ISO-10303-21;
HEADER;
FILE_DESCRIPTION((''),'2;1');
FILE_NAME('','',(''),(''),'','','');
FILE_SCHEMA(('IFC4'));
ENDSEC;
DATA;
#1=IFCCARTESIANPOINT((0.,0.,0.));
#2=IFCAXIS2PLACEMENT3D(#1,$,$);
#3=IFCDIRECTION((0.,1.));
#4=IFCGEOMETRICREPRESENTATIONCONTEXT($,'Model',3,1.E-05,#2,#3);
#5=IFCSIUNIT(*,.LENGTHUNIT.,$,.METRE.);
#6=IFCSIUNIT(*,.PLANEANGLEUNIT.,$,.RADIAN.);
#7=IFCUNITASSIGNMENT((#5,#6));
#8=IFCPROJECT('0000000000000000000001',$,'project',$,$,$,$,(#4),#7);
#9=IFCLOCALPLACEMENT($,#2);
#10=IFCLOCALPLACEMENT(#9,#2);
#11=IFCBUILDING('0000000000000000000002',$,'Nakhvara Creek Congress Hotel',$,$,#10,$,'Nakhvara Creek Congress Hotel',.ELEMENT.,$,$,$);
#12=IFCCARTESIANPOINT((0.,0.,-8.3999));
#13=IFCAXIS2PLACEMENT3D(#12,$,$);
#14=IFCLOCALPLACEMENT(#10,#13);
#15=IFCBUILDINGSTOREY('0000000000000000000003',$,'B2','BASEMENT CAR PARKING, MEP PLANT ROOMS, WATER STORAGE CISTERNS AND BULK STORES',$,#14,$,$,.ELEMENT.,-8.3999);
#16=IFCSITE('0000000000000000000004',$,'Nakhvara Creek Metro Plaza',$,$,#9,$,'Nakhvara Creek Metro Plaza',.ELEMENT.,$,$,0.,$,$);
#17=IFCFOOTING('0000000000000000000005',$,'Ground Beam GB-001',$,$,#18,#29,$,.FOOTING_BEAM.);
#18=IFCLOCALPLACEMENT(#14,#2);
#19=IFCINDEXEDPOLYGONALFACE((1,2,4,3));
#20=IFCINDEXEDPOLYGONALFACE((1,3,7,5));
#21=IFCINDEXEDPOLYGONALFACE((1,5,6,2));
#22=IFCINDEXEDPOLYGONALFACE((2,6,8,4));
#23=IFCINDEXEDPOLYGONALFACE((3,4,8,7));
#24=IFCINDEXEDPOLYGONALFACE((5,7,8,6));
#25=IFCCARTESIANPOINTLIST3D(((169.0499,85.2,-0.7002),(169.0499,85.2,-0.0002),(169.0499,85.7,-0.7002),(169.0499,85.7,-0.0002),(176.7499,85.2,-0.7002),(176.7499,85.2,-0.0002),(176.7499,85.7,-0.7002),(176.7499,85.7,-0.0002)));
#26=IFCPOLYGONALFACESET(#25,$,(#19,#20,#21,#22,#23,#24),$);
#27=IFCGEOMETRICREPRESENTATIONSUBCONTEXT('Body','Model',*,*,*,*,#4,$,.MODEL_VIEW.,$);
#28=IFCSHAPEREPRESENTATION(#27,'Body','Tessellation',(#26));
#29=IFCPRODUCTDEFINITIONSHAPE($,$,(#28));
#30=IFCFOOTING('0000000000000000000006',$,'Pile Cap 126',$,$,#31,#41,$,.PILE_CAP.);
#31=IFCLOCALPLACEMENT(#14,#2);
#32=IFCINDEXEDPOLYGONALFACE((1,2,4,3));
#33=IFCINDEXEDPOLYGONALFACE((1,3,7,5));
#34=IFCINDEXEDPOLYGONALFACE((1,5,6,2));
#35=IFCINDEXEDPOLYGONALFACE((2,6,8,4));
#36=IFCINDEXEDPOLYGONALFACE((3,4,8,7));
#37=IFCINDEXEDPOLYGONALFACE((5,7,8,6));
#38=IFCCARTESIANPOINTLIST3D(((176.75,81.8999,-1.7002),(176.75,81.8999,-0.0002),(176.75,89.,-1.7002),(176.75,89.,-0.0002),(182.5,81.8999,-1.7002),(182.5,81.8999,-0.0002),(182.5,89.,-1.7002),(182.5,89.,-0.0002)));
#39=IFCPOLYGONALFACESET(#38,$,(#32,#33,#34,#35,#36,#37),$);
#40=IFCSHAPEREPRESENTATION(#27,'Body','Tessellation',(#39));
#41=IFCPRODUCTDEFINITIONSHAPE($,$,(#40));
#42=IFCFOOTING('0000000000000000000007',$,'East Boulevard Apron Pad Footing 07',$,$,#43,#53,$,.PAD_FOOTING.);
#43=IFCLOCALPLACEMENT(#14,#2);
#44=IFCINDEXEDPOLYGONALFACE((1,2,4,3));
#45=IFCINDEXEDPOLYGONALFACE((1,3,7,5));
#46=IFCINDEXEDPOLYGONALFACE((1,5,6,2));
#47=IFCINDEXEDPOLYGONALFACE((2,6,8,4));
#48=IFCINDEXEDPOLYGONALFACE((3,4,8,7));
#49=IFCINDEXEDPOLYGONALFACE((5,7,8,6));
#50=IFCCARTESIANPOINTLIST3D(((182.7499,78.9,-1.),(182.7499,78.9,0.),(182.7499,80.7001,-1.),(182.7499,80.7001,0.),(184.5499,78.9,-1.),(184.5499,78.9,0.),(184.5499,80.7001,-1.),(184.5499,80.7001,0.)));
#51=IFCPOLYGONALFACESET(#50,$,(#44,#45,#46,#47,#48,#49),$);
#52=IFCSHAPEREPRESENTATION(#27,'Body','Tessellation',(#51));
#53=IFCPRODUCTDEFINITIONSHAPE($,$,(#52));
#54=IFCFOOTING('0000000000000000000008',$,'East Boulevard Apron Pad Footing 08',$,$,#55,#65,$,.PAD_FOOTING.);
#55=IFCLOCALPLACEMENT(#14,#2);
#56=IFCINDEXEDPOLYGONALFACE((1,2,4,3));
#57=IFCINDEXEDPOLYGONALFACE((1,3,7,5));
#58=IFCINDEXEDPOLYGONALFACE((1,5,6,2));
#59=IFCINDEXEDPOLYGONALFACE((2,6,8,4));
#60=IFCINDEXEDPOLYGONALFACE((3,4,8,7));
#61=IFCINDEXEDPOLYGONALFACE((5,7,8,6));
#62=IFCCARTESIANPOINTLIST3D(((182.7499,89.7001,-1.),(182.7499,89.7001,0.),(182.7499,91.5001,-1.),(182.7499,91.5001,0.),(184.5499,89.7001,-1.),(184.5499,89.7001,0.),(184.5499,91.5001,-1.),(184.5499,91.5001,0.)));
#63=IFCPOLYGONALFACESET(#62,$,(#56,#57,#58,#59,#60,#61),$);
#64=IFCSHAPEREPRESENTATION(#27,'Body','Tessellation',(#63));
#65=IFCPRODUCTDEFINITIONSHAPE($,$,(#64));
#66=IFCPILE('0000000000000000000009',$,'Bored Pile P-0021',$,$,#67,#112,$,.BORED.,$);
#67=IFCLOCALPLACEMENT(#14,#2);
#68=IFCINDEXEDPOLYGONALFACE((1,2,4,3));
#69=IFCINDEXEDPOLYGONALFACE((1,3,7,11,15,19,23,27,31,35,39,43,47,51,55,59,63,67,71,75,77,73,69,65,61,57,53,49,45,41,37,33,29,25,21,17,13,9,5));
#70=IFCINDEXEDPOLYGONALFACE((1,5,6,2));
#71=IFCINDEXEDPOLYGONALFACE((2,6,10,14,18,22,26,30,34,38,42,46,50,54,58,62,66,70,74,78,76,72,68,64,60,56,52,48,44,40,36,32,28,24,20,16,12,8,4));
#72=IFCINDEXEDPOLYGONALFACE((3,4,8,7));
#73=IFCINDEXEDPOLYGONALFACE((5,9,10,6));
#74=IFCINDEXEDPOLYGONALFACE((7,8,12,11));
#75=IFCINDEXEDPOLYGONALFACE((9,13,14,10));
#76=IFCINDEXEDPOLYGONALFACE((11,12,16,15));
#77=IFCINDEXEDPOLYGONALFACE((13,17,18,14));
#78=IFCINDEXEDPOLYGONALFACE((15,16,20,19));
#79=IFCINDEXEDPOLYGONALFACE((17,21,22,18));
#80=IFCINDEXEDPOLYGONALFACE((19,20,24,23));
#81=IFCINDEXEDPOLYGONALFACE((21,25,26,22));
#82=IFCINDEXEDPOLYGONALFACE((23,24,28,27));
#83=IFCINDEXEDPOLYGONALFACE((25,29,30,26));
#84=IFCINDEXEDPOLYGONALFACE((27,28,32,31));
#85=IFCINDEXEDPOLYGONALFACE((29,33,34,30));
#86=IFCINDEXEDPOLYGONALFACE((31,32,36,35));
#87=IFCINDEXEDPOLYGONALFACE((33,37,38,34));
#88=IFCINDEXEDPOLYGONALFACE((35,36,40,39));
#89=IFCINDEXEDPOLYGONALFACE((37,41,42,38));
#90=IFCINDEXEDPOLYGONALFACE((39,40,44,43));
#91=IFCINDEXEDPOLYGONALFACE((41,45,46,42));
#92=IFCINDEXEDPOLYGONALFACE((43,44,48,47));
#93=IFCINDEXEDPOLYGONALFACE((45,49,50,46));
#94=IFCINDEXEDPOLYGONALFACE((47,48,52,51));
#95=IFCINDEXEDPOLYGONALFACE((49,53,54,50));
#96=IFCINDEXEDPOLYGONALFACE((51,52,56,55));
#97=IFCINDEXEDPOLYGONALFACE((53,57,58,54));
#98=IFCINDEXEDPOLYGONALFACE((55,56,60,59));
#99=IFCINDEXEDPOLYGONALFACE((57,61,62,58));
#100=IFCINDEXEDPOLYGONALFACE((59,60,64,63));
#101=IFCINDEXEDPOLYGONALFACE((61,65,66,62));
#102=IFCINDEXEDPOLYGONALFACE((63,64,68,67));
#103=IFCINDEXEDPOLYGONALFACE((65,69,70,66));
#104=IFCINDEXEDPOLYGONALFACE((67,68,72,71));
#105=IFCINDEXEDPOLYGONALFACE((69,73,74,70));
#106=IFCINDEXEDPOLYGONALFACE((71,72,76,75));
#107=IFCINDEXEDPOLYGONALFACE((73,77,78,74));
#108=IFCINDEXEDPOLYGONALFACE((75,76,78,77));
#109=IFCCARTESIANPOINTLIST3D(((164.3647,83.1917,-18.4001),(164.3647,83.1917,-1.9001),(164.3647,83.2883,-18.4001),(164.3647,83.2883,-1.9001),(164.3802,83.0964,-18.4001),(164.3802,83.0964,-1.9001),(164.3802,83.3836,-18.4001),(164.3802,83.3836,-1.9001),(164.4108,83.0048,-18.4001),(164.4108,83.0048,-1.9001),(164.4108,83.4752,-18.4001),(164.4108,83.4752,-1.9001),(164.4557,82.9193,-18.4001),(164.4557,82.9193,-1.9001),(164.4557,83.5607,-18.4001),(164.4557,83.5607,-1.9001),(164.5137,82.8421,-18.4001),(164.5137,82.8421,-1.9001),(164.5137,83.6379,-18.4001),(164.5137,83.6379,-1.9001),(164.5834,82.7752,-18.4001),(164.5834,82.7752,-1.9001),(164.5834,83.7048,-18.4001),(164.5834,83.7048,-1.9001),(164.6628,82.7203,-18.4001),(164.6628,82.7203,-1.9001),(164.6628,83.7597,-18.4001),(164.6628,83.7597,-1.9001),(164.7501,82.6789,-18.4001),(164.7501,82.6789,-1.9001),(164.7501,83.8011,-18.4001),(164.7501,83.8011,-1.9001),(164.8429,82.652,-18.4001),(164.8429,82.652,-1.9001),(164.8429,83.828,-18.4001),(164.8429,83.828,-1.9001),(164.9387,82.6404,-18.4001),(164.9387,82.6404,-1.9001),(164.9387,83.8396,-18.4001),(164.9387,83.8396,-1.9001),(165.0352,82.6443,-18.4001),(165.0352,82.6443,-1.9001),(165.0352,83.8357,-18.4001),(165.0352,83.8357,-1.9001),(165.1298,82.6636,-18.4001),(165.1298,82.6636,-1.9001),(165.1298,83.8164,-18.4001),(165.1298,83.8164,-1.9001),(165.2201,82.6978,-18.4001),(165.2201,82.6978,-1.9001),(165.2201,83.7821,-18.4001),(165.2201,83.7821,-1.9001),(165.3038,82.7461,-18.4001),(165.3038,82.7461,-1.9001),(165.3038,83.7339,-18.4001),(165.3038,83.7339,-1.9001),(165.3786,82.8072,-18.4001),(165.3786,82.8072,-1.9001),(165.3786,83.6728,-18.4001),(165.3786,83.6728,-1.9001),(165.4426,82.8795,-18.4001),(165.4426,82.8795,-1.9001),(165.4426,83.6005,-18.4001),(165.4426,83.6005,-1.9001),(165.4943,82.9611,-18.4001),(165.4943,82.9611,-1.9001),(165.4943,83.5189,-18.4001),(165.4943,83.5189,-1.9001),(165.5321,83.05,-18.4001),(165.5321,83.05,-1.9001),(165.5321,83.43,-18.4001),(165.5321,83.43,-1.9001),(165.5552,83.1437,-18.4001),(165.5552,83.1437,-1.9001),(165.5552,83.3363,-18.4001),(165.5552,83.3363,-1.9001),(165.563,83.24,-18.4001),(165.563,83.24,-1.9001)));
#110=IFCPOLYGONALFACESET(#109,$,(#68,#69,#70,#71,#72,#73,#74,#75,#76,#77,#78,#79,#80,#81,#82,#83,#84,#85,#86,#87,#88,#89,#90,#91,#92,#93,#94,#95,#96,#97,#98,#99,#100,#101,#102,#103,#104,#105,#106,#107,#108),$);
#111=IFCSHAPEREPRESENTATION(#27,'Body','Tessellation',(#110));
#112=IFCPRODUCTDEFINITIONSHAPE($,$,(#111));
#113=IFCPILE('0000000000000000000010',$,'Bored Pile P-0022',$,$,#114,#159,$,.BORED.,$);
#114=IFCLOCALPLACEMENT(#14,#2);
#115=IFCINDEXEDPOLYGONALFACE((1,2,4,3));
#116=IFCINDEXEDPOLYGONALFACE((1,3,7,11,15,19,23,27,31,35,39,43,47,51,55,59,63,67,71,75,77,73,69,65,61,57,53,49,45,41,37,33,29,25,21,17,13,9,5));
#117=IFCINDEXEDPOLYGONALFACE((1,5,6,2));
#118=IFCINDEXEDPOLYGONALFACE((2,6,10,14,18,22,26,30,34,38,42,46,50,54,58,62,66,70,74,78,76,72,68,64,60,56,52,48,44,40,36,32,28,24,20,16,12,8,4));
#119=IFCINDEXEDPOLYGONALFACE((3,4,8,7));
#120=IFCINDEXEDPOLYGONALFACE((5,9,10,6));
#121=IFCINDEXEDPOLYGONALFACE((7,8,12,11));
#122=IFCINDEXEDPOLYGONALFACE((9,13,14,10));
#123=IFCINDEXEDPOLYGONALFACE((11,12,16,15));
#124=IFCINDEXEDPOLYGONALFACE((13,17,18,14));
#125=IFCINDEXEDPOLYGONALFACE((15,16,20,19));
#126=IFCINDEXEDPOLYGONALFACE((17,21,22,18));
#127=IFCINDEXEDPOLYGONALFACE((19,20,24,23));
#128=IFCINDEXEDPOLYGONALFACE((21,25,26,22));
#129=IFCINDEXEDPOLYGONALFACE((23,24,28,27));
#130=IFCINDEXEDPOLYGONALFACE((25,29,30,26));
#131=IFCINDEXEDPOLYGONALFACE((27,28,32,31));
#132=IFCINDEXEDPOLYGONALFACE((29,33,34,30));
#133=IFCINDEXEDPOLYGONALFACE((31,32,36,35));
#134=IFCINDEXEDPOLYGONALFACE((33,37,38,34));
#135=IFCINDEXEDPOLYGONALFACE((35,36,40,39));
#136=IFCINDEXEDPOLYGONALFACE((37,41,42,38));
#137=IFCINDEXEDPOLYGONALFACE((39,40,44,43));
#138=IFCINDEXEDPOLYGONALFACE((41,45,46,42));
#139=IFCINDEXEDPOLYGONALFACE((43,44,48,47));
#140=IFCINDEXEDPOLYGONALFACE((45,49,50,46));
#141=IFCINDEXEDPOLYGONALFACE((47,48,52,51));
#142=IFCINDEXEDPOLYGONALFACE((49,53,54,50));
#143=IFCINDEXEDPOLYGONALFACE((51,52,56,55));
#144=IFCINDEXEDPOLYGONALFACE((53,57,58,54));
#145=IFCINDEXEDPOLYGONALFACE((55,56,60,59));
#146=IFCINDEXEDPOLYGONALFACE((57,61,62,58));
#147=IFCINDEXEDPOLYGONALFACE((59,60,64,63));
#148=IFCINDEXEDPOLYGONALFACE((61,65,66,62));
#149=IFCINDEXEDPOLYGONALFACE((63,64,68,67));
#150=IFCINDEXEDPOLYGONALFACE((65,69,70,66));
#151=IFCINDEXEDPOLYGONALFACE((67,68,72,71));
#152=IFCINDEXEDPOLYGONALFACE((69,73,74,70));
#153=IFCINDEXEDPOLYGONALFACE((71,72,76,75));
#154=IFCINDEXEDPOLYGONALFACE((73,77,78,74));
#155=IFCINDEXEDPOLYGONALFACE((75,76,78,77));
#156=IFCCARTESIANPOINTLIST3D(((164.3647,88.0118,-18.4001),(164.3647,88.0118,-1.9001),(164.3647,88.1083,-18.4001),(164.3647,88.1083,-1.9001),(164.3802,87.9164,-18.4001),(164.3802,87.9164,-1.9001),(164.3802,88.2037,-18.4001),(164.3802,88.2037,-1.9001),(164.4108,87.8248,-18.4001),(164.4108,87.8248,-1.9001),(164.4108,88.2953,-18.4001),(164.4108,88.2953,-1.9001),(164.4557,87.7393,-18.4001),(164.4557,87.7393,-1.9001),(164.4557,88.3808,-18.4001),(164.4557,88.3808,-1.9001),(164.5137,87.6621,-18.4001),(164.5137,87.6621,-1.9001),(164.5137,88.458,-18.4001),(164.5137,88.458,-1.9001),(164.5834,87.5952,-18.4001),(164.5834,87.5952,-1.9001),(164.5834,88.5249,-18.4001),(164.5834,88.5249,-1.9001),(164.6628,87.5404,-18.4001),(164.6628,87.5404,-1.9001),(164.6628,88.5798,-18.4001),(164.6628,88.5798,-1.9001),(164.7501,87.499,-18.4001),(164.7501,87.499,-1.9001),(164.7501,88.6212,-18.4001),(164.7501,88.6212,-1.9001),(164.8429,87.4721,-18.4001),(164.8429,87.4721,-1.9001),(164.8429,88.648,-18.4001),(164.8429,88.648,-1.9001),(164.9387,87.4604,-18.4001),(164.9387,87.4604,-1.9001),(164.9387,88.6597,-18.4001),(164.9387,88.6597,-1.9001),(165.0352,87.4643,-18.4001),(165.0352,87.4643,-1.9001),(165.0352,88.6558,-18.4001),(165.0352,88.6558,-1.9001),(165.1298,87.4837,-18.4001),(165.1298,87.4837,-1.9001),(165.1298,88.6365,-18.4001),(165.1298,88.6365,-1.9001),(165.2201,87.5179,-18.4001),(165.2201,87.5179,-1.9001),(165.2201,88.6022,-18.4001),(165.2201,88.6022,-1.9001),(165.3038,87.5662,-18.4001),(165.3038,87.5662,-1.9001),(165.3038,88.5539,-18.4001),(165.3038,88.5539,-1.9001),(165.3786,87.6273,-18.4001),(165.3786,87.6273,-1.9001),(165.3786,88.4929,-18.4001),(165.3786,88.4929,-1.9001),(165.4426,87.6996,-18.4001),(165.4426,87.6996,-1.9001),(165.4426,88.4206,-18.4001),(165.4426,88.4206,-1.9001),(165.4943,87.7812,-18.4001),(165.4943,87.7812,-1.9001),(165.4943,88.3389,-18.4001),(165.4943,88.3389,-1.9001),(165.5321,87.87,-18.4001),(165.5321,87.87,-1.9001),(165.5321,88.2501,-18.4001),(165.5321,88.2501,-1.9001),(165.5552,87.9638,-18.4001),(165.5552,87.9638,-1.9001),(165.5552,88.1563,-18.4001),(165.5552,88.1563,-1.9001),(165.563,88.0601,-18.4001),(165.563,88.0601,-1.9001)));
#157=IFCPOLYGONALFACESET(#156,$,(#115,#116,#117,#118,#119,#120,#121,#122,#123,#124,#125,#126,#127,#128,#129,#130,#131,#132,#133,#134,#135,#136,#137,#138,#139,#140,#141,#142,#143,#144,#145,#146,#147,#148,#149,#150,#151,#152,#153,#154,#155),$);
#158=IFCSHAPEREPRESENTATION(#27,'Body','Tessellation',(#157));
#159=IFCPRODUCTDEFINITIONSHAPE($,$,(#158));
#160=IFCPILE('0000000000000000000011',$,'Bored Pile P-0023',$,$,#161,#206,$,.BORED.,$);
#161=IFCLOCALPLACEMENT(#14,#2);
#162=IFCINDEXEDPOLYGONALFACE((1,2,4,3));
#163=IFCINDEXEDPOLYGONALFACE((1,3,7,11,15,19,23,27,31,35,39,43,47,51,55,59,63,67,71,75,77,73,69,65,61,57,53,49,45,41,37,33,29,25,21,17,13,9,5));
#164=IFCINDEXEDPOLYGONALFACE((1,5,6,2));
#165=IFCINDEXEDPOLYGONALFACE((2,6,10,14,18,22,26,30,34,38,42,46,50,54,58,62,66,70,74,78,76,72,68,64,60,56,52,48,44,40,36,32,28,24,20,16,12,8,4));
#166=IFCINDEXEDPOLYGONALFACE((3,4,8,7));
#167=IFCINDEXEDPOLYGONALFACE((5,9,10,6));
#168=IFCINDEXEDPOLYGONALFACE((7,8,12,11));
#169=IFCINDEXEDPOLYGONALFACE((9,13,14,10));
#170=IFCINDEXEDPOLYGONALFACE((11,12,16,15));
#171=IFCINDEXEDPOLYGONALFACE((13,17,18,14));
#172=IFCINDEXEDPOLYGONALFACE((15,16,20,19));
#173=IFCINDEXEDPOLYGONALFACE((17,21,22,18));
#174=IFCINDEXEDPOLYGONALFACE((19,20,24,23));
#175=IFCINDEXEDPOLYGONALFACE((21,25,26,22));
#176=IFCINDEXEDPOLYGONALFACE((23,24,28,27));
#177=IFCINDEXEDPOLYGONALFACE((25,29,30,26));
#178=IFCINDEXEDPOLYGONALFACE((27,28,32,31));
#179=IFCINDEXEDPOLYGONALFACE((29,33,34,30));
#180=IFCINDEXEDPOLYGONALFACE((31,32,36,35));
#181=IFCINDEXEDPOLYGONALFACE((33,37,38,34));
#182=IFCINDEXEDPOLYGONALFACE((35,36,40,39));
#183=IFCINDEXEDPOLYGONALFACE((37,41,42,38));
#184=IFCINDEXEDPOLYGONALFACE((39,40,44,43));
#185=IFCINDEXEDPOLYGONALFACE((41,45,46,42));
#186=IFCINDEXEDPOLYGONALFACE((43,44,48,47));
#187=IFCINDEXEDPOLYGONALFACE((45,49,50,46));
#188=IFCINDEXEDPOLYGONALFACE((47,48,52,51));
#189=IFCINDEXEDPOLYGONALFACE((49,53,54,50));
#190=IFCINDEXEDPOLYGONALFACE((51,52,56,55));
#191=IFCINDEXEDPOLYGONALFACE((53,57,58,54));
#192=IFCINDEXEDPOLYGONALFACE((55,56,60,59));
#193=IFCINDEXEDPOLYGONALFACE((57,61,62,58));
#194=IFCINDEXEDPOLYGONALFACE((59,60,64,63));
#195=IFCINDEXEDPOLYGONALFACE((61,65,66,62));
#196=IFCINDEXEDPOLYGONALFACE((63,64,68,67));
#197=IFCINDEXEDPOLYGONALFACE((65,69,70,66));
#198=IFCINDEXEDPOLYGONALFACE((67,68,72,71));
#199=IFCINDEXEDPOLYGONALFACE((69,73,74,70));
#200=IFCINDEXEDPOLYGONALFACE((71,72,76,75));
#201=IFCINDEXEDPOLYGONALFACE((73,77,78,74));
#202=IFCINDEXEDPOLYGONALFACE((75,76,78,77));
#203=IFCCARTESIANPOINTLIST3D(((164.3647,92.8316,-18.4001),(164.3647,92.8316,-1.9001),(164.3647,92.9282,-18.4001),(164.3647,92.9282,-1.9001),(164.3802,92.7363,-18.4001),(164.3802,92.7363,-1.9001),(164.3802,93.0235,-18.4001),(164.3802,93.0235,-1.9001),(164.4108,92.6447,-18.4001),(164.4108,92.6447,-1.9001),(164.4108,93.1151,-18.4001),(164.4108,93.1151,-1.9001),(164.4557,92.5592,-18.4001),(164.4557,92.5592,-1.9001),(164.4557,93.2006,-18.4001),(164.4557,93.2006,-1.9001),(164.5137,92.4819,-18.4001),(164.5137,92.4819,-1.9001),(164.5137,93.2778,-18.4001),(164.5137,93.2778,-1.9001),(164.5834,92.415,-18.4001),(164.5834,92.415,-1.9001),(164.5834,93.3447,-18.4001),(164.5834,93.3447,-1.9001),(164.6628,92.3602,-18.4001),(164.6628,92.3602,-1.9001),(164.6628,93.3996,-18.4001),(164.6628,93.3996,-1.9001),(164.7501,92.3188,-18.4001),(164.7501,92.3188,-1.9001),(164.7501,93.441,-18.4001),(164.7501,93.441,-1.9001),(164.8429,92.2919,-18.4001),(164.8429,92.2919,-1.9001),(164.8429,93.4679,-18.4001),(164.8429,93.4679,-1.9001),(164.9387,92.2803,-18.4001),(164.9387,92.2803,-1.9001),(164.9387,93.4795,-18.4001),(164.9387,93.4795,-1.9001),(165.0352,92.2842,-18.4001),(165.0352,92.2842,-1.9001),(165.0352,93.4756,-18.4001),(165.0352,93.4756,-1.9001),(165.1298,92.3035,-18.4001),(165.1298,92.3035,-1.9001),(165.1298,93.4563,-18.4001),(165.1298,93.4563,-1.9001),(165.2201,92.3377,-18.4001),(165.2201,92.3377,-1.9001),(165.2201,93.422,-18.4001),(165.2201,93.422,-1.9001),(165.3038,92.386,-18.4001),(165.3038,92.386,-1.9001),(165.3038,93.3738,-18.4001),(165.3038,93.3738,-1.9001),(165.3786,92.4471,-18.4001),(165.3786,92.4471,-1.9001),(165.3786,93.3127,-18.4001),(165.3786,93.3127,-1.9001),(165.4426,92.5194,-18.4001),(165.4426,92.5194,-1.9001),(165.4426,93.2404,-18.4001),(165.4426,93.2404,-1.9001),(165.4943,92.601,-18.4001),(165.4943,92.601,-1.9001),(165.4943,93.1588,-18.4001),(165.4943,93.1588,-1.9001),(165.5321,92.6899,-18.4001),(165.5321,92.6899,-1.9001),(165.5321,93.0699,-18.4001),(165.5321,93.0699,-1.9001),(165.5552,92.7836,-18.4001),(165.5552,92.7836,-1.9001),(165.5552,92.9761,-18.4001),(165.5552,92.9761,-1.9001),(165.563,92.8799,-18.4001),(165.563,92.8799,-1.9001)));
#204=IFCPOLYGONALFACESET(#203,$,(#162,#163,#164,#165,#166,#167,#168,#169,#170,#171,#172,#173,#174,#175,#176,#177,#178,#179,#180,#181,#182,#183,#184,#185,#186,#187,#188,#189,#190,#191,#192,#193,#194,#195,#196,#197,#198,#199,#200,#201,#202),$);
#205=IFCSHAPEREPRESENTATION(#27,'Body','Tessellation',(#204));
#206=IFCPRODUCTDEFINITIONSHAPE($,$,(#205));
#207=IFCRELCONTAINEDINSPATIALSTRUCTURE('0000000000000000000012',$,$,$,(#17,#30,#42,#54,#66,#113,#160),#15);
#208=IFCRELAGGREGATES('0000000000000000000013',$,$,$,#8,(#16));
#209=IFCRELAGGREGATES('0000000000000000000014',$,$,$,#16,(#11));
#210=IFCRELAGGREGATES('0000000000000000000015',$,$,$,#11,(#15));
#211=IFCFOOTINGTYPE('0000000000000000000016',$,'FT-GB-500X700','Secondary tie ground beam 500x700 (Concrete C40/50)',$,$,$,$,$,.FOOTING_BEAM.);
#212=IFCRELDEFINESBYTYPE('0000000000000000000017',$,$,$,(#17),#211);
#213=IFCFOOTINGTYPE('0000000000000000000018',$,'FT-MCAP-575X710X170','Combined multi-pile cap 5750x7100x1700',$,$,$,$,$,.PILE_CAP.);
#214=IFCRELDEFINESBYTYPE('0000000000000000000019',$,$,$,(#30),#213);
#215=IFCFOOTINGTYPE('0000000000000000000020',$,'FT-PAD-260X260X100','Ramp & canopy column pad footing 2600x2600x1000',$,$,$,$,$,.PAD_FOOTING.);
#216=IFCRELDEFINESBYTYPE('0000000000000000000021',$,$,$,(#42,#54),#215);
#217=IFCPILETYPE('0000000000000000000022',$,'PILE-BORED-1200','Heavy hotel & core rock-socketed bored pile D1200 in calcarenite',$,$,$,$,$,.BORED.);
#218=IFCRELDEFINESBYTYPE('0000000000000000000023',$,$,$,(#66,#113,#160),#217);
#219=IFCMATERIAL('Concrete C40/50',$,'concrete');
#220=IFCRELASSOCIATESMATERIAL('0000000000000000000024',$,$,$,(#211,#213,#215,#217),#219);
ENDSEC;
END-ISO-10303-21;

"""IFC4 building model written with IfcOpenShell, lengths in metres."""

from ifc_helpers import new_model, si_unit, direction, frame, origin, origin_2d, place, context, subcontext, project, spatial, rectangle, circle, extrude, material, material_profile, profile_set, type_object, element, save


model = new_model("IFC4")

# Units and contexts
model_context = context("Model", 3, precision=1e-05, world=origin(), true_north=direction((0.0, 1.0)))
body_context = subcontext(model_context, "Body", "Model", "MODEL_VIEW")
ifc_project = project(units=[si_unit("LENGTHUNIT", "METRE"), si_unit("PLANEANGLEUNIT", "RADIAN")], contexts=[model_context])

# Site, building, storey
site_placement = place(None, origin())
site = spatial("IfcSite", under=ifc_project, at=site_placement, Name="Nakhvara Creek Metro Plaza", LongName="Nakhvara Creek Metro Plaza", CompositionType="ELEMENT", RefElevation=0.0)
building_placement = place(site_placement, origin())
building = spatial("IfcBuilding", under=site, at=building_placement, Name="Nakhvara Creek Congress Hotel", LongName="Nakhvara Creek Congress Hotel", CompositionType="ELEMENT")
storey_placement = place(building_placement, frame((0.0, 0.0, -8.3999)))
storey = spatial("IfcBuildingStorey", under=building, at=storey_placement, Name="B2", Description="BASEMENT CAR PARKING, MEP PLANT ROOMS, WATER STORAGE CISTERNS AND BULK STORES", CompositionType="ELEMENT", Elevation=-8.3999)

# Footings
ifc_material_1 = material(Name="Concrete C40/50", Category="concrete")
footing_type_1 = type_object("IfcFootingType", Name="FT-GB-500X700", Description="Secondary tie ground beam 500x700 (Concrete C40/50)", PredefinedType="FOOTING_BEAM", material=ifc_material_1)
footing_1_placement = place(storey_placement, frame((172.8999, 85.45, -0.7002), z_axis=(0.0, 0.0, 1.0), x_axis=(1.0, 0.0, 0.0)))
element("IfcFooting", 1, at=footing_1_placement, inside=storey, type_object=footing_type_1, Name="Ground Beam GB-001", PredefinedType="FOOTING_BEAM", context=body_context, shape_type="SweptSolid", body=[
    extrude(rectangle(XDim=7.7, YDim=0.5, at=origin_2d()), origin(), (0.0, 0.0, 1.0), 0.7),
])
footing_type_2 = type_object("IfcFootingType", Name="FT-MCAP-575X710X170", Description="Combined multi-pile cap 5750x7100x1700", PredefinedType="PILE_CAP", material=ifc_material_1)
footing_2_placement = place(storey_placement, frame((179.625, 85.45, -1.7002), z_axis=(0.0, 0.0, 1.0), x_axis=(1.0, 0.0, 0.0)))
element("IfcFooting", 2, at=footing_2_placement, inside=storey, type_object=footing_type_2, Name="Pile Cap 126", PredefinedType="PILE_CAP", context=body_context, shape_type="SweptSolid", body=[
    extrude(rectangle(XDim=5.75, YDim=7.1001, at=origin_2d()), origin(), (0.0, 0.0, 1.0), 1.7),
])
footing_type_3 = type_object("IfcFootingType", Name="FT-PAD-260X260X100", Description="Ramp & canopy column pad footing 2600x2600x1000", PredefinedType="PAD_FOOTING", material=ifc_material_1)
for number, where, z_axis, x_axis, name in (
    (3, (183.6499, 79.8, -1.0), (0.0, 0.0, 1.0), (1.0, 0.0, 0.0), "East Boulevard Apron Pad Footing 07"),
    (4, (183.6499, 90.6001, -1.0), (0.0, 0.0, 1.0), (1.0, 0.0, 0.0), "East Boulevard Apron Pad Footing 08"),
):
    element("IfcFooting", number, at=place(storey_placement, frame(where, z_axis=z_axis, x_axis=x_axis)), inside=storey, type_object=footing_type_3, Name=name, PredefinedType="PAD_FOOTING", context=body_context, shape_type="SweptSolid", body=[
        extrude(rectangle(XDim=1.8, YDim=1.8, at=origin_2d()), origin(), (0.0, 0.0, 1.0), 1.0),
    ])

# Piles
ifc_material_profile_1 = material_profile(ifc_material_1, circle(Radius=0.6001, at=origin_2d()), Name="BORED PILE D1200", Category="LoadBearing")
ifc_profile_set_1 = profile_set([ifc_material_profile_1], Name="Concrete C40/50")
pile_type = type_object("IfcPileType", Name="PILE-BORED-1200", Description="Heavy hotel & core rock-socketed bored pile D1200 in calcarenite", PredefinedType="BORED", material=ifc_profile_set_1)
for number, where, z_axis, x_axis, name in (
    (5, (164.9629, 83.24, -1.9001), (0.0, 0.0, -1.0), (1.0, 0.0, 0.0), "Bored Pile P-0021"),
    (6, (164.9629, 88.0601, -1.9001), (0.0, 0.0, -1.0), (1.0, 0.0, 0.0), "Bored Pile P-0022"),
    (7, (164.9629, 92.8799, -1.9001), (0.0, 0.0, -1.0), (1.0, 0.0, 0.0), "Bored Pile P-0023"),
):
    element("IfcPile", number, at=place(storey_placement, frame(where, z_axis=z_axis, x_axis=x_axis)), inside=storey, type_object=pile_type, Name=name, PredefinedType="BORED", context=body_context, shape_type="SweptSolid", body=[
        extrude(circle(Radius=0.6001, at=origin_2d()), origin(), (0.0, 0.0, 1.0), 16.5),
    ])

save(model, "model.ifc")
